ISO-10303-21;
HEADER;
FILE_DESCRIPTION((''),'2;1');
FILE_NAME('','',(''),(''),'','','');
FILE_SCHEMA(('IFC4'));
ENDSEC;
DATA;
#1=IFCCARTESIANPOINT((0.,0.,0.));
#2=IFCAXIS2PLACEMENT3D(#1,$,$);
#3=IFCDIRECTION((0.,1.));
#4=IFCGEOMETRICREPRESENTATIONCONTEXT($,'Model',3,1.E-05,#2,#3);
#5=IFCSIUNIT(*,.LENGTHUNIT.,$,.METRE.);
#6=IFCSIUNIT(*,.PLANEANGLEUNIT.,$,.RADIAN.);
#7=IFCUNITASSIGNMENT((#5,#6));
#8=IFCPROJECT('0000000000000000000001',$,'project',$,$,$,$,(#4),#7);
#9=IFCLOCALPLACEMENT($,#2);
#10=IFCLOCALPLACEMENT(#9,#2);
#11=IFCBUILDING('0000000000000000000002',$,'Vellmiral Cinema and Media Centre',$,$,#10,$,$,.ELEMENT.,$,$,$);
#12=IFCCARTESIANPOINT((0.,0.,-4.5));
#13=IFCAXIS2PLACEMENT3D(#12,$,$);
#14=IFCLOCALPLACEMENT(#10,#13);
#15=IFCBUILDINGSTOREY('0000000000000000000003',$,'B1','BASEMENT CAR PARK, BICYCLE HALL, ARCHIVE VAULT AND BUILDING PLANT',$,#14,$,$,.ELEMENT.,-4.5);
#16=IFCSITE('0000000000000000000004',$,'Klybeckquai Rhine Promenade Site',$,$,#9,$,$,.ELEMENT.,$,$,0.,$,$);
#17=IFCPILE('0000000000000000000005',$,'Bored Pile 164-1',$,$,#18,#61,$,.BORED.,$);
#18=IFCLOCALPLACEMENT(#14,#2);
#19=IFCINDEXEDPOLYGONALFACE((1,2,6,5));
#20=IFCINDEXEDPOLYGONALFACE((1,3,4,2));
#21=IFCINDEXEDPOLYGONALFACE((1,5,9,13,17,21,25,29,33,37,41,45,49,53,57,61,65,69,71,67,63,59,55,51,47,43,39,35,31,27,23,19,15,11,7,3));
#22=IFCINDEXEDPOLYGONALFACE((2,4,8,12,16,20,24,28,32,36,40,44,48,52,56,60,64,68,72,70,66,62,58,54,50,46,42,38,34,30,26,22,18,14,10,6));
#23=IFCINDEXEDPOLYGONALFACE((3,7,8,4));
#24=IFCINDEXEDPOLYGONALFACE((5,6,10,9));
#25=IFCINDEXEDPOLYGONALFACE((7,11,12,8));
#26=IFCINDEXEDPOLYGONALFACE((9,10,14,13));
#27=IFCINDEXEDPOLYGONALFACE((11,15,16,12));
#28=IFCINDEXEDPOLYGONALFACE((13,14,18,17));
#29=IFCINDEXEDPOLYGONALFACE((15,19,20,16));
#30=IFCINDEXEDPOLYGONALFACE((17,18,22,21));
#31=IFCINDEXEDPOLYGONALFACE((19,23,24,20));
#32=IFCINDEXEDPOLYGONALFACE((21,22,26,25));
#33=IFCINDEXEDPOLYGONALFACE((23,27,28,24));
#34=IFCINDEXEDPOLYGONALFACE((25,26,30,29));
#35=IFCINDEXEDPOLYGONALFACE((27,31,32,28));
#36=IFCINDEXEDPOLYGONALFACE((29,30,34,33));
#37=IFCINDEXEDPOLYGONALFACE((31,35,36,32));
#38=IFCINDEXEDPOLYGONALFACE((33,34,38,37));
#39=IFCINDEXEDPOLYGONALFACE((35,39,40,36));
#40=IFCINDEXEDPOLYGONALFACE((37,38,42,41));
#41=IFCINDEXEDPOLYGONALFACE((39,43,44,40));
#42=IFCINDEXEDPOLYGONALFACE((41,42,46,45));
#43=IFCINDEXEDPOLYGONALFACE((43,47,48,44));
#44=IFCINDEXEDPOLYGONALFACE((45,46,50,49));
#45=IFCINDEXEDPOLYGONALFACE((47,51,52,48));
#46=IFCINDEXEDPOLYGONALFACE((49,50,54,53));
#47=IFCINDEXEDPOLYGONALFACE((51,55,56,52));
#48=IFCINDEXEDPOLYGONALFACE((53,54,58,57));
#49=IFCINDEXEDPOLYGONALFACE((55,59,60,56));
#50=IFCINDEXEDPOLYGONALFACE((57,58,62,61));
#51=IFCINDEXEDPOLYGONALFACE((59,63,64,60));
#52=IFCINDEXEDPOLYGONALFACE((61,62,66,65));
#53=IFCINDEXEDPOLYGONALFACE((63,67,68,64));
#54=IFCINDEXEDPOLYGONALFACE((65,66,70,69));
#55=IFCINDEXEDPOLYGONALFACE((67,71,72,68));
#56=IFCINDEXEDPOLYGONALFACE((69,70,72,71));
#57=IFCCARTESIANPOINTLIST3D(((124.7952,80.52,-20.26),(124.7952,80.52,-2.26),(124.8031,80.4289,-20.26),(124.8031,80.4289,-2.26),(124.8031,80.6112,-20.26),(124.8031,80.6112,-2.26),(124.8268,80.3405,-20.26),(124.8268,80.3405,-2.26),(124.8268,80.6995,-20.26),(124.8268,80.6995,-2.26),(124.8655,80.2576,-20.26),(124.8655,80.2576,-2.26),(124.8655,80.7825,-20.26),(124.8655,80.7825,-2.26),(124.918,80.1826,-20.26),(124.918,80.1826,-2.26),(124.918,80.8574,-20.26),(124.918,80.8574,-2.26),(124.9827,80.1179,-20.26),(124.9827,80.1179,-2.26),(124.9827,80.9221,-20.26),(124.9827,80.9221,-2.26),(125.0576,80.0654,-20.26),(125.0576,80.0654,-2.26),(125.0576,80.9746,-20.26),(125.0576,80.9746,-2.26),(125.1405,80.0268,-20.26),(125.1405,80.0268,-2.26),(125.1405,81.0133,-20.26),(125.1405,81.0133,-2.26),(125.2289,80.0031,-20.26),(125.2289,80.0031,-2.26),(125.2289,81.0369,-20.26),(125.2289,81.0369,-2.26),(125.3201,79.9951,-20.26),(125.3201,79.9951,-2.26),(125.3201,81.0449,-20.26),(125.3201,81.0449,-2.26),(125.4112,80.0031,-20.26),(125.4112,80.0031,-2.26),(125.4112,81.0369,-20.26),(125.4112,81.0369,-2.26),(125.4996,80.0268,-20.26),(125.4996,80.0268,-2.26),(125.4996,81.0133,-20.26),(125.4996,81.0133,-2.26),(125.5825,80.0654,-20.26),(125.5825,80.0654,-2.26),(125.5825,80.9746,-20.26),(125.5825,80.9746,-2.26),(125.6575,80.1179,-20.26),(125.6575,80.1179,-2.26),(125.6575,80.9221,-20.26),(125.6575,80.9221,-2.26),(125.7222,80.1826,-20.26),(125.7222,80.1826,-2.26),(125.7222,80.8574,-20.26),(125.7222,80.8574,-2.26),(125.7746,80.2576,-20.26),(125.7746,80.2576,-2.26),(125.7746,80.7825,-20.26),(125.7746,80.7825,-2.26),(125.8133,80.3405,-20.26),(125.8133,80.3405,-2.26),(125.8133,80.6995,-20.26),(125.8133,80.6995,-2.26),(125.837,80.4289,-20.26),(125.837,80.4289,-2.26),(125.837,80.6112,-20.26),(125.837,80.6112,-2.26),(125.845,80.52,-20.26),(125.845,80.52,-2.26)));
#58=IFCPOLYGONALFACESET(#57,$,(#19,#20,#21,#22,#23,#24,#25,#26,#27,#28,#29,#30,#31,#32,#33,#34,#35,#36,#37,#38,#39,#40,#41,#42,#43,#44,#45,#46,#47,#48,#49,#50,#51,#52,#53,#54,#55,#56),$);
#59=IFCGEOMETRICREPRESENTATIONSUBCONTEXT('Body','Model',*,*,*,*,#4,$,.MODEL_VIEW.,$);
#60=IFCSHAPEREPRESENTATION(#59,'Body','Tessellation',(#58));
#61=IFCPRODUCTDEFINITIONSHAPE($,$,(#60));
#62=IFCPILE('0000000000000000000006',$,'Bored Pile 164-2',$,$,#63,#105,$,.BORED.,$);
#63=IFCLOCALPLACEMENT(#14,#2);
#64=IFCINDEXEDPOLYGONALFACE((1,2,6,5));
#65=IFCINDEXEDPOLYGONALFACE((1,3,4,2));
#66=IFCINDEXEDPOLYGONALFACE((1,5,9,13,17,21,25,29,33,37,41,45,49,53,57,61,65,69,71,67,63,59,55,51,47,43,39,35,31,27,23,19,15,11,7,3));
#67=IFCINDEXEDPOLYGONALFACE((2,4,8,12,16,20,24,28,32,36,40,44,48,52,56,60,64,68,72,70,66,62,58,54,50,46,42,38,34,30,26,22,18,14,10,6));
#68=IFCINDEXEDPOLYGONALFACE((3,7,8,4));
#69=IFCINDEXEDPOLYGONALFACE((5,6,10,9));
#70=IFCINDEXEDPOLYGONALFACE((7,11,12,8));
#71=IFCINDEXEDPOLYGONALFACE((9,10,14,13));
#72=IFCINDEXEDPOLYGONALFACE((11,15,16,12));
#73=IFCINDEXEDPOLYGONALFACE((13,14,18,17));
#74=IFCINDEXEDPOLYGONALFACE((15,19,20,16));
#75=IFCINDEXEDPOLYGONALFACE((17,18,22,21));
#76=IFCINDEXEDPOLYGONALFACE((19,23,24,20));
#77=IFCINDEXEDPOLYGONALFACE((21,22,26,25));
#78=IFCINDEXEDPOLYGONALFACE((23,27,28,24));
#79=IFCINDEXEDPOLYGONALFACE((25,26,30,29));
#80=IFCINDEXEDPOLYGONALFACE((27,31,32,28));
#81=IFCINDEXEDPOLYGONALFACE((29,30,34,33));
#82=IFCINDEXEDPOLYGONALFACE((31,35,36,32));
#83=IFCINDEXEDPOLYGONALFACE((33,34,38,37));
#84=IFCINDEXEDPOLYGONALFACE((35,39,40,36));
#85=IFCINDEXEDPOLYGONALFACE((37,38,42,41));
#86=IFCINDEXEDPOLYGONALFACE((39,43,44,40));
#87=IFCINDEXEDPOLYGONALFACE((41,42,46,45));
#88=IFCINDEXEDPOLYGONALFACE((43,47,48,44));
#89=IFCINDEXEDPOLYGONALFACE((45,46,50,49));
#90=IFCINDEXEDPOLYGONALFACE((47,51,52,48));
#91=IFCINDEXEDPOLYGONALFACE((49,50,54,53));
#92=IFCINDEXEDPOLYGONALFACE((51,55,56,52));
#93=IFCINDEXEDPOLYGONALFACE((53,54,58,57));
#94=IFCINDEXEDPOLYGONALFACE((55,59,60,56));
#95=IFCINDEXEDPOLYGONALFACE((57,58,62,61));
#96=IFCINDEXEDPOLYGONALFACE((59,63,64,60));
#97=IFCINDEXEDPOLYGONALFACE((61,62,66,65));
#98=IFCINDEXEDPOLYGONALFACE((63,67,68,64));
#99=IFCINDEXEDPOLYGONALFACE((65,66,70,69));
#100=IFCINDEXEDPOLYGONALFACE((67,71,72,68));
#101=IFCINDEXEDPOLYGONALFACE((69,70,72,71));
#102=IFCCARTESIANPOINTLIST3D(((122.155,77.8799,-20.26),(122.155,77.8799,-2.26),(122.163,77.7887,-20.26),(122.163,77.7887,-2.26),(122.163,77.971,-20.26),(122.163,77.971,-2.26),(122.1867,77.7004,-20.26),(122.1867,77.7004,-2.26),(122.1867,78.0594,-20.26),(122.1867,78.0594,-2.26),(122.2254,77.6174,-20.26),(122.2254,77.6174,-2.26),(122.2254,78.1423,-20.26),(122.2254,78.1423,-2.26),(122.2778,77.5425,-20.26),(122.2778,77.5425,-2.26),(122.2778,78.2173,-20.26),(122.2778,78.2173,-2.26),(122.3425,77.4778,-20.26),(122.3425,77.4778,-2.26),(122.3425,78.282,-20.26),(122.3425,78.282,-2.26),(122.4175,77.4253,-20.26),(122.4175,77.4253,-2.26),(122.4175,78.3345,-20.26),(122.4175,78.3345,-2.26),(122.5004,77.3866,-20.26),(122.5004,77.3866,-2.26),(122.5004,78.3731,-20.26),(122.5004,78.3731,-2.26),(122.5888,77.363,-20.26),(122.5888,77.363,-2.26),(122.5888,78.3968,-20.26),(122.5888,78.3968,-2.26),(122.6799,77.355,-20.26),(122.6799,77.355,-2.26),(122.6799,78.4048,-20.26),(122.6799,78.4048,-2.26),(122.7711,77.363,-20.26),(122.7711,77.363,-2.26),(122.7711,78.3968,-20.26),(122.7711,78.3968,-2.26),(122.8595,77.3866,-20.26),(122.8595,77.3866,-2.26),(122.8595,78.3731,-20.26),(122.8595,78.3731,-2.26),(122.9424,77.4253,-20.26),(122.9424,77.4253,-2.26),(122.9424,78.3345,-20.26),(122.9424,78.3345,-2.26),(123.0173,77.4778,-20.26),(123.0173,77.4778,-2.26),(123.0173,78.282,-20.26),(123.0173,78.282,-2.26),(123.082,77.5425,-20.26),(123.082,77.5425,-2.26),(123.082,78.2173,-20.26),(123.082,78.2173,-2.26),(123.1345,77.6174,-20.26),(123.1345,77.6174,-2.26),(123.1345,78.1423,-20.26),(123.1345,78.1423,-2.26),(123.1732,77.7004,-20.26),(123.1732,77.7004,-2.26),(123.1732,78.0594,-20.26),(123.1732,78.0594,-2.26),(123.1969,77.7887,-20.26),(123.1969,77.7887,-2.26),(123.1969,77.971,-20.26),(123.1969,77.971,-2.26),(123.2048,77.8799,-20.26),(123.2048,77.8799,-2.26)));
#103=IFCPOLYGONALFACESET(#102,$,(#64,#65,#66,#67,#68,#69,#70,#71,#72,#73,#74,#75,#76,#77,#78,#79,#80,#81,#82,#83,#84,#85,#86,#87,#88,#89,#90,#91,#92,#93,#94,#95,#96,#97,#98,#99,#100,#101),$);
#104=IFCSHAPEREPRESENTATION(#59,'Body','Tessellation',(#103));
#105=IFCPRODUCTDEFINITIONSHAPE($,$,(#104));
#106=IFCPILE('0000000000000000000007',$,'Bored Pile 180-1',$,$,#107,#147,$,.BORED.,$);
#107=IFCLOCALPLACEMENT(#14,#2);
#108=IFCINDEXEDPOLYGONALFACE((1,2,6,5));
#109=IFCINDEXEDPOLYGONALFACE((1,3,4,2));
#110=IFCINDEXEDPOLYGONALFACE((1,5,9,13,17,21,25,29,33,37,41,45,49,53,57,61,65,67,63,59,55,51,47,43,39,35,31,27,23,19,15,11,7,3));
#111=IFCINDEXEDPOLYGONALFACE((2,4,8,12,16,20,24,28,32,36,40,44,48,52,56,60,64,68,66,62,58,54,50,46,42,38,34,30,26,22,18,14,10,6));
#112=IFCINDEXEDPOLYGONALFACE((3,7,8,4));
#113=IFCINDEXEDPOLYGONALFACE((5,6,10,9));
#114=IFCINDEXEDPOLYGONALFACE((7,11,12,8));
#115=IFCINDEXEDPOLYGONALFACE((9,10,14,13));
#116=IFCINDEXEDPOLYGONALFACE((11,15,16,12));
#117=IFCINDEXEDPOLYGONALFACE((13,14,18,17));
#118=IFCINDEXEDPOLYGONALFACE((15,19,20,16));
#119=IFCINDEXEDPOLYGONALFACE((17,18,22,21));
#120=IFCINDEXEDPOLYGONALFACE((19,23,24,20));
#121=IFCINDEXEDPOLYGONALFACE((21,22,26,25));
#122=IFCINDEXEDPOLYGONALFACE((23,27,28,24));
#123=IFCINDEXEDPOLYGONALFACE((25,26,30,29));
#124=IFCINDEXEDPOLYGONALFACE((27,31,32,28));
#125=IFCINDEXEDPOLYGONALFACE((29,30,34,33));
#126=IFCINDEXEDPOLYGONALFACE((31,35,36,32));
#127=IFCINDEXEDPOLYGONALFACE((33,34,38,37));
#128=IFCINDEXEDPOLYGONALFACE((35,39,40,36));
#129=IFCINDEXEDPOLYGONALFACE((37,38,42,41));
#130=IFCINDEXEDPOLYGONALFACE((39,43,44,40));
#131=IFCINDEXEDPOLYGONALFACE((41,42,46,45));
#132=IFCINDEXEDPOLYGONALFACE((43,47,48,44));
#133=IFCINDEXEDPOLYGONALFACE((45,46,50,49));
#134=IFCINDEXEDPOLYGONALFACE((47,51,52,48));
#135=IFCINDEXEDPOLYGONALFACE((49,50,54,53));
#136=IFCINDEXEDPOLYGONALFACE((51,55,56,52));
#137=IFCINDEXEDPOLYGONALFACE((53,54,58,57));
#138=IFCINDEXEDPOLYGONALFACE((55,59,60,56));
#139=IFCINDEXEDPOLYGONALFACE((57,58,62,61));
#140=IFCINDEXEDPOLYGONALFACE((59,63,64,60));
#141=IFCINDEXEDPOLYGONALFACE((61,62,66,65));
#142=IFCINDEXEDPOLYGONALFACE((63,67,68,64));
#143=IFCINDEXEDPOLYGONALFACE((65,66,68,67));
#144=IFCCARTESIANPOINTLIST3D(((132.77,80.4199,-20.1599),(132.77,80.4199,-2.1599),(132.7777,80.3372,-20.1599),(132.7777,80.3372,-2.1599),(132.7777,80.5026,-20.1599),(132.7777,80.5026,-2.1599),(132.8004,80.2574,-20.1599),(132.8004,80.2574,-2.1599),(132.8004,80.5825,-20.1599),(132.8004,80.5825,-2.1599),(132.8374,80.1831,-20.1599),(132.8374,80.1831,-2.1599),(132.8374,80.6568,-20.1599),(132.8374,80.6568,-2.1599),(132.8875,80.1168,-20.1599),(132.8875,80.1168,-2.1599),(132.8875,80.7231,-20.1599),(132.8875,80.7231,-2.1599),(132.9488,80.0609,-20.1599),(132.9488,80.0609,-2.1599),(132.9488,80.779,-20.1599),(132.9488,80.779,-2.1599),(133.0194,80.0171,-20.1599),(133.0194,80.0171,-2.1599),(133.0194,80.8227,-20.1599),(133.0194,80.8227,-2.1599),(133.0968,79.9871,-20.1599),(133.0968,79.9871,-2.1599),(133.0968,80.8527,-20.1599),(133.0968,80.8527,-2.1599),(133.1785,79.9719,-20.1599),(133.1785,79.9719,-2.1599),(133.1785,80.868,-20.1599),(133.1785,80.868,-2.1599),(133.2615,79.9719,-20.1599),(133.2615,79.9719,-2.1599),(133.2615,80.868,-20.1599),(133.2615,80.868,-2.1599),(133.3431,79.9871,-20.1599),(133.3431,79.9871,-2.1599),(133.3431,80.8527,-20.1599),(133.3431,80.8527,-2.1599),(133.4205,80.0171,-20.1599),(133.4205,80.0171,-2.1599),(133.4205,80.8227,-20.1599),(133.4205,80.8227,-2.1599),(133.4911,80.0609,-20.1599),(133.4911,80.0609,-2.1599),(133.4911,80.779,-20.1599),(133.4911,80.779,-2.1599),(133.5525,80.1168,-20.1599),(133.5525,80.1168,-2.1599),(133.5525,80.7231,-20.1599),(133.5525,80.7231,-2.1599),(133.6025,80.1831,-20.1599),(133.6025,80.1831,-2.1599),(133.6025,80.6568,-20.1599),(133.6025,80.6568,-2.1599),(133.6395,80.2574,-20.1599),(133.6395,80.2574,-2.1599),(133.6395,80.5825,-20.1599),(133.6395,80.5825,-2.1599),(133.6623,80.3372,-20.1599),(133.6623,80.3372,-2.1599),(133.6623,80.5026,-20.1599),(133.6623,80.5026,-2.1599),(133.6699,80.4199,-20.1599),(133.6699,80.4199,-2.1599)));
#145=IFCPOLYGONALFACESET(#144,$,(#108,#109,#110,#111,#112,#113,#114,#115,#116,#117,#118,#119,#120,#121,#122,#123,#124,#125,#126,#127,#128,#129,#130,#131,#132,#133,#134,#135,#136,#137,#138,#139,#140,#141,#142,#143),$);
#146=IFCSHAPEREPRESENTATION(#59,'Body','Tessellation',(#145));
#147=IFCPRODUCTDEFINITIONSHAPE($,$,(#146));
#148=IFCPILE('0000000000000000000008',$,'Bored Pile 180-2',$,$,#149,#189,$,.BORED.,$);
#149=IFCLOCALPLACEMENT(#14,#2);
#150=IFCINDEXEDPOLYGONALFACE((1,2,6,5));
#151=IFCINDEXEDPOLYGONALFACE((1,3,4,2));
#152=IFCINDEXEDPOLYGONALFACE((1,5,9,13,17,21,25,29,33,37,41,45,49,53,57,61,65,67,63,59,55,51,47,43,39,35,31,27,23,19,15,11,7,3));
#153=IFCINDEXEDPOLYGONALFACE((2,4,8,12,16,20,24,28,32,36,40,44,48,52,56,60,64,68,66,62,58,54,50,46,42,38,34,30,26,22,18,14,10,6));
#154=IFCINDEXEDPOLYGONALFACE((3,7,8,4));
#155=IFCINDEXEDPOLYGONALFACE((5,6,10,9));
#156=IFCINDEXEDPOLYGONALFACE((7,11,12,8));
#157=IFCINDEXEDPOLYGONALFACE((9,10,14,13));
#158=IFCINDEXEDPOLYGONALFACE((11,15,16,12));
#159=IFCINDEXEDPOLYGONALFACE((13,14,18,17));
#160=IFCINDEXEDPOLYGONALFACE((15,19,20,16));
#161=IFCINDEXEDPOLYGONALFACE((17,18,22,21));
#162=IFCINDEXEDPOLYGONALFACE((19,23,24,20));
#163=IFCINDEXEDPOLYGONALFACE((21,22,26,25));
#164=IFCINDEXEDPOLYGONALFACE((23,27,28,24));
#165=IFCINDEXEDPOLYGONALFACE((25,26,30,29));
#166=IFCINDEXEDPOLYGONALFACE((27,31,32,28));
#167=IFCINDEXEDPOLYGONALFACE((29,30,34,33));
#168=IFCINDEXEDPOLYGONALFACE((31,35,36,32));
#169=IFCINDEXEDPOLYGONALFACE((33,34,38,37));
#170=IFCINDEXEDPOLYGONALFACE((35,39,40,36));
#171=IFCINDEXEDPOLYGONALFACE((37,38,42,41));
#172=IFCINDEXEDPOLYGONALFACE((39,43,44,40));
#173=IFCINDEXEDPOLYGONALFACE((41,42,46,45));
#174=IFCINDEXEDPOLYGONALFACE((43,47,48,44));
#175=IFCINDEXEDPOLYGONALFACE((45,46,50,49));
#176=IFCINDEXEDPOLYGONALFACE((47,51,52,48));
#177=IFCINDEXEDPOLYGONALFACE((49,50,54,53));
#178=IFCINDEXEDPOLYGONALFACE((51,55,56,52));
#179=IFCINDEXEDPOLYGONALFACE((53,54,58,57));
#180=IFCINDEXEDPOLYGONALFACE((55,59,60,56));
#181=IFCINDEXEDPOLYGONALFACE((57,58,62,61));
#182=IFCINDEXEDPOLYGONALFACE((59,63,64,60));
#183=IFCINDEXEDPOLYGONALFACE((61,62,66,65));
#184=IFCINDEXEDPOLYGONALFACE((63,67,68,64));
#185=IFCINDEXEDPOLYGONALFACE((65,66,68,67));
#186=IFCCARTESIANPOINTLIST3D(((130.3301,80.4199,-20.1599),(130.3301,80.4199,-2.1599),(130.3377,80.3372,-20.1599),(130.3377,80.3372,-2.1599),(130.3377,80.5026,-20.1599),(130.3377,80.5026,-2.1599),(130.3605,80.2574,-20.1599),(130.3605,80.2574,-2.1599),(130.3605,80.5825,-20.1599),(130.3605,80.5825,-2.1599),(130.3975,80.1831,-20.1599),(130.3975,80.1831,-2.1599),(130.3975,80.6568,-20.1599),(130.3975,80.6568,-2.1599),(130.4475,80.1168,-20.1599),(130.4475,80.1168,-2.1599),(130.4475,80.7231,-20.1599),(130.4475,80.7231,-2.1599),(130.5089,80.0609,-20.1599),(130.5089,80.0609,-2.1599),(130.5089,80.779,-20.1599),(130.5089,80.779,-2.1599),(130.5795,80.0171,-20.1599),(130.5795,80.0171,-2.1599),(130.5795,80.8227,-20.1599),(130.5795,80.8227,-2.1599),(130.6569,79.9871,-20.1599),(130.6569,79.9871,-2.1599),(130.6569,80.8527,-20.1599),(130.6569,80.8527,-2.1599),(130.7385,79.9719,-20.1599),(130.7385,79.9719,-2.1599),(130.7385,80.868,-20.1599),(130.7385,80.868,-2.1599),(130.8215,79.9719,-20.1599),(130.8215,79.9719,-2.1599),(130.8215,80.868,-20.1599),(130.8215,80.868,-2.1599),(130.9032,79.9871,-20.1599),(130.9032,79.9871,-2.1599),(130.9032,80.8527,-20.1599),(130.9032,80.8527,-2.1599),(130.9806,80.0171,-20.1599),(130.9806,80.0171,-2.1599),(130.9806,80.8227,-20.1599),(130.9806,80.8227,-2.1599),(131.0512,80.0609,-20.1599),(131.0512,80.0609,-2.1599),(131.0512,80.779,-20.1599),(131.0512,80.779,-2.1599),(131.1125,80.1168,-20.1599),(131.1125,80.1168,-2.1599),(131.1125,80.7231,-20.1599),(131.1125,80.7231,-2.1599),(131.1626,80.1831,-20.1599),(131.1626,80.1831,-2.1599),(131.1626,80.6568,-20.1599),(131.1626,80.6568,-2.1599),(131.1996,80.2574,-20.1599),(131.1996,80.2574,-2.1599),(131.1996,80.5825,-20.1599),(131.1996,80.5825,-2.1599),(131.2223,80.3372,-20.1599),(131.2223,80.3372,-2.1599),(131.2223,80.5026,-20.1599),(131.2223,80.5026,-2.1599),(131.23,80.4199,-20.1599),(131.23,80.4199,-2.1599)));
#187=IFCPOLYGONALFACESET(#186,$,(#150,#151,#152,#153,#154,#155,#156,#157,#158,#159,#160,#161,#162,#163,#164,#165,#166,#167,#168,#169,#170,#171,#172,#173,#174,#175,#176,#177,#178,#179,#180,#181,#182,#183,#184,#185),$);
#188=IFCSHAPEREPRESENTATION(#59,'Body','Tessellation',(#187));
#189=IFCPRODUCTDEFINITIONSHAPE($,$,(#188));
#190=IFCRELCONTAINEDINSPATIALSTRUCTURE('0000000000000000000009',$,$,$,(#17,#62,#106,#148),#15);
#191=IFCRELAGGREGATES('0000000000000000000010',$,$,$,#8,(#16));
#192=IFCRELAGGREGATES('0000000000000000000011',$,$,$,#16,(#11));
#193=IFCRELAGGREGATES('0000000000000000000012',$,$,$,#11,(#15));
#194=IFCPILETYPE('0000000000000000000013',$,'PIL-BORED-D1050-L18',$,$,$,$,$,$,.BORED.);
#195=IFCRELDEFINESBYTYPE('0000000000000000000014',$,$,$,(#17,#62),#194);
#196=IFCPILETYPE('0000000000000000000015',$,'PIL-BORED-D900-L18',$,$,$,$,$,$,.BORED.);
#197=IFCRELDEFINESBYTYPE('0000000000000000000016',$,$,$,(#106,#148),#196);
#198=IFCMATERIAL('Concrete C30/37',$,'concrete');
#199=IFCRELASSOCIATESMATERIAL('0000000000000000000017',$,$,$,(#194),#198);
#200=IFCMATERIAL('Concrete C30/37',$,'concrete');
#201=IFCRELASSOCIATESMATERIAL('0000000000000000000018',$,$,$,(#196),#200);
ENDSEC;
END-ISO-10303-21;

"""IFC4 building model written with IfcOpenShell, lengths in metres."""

from ifc_helpers import new_model, si_unit, direction, frame, origin, origin_2d, place, context, subcontext, project, spatial, circle, extrude, material, material_profile, profile_set, type_object, element, save


model = new_model("IFC4")

# Units and contexts
model_context = context("Model", 3, precision=1e-05, world=origin(), true_north=direction((0.0, 1.0)))
body_context = subcontext(model_context, "Body", "Model", "MODEL_VIEW")
ifc_project = project(units=[si_unit("LENGTHUNIT", "METRE"), si_unit("PLANEANGLEUNIT", "RADIAN")], contexts=[model_context])

# Site, building, storey
site_placement = place(None, origin())
site = spatial("IfcSite", under=ifc_project, at=site_placement, Name="Klybeckquai Rhine Promenade Site", CompositionType="ELEMENT", RefElevation=0.0)
building_placement = place(site_placement, origin())
building = spatial("IfcBuilding", under=site, at=building_placement, Name="Vellmiral Cinema and Media Centre", CompositionType="ELEMENT")
storey_placement = place(building_placement, frame((0.0, 0.0, -4.5)))
storey = spatial("IfcBuildingStorey", under=building, at=storey_placement, Name="B1", Description="BASEMENT CAR PARK, BICYCLE HALL, ARCHIVE VAULT AND BUILDING PLANT", CompositionType="ELEMENT", Elevation=-4.5)

# Piles
ifc_material_1 = material(Name="Concrete C30/37", Category="concrete")
ifc_material_profile_1 = material_profile(ifc_material_1, circle(Radius=0.5249, at=origin_2d()), Name="PILE D1050")
ifc_profile_set_1 = profile_set([ifc_material_profile_1], Name="Concrete C30/37")
pile_type_1 = type_object("IfcPileType", Name="PIL-BORED-D1050-L18", PredefinedType="BORED", material=ifc_profile_set_1)
for number, where, z_axis, x_axis, name in (
    (1, (125.3201, 80.52, -2.26), (0.0, 0.0, -1.0), (1.0, 0.0, 0.0), "Bored Pile 164-1"),
    (2, (122.6799, 77.8799, -2.26), (0.0, 0.0, -1.0), (1.0, 0.0, 0.0), "Bored Pile 164-2"),
):
    element("IfcPile", number, at=place(storey_placement, frame(where, z_axis=z_axis, x_axis=x_axis)), inside=storey, type_object=pile_type_1, Name=name, PredefinedType="BORED", context=body_context, shape_type="SweptSolid", body=[
        extrude(circle(Radius=0.5249, at=origin_2d()), origin(), (0.0, 0.0, 1.0), 18.0),
    ])
ifc_material_2 = material(Name="Concrete C30/37", Category="concrete")
ifc_material_profile_2 = material_profile(ifc_material_2, circle(Radius=0.45, at=origin_2d()), Name="PILE D900")
ifc_profile_set_2 = profile_set([ifc_material_profile_2], Name="Concrete C30/37")
pile_type_2 = type_object("IfcPileType", Name="PIL-BORED-D900-L18", PredefinedType="BORED", material=ifc_profile_set_2)
for number, where, z_axis, x_axis, name in (
    (3, (133.22, 80.4199, -2.1599), (0.0, 0.0, -1.0), (1.0, 0.0, 0.0), "Bored Pile 180-1"),
    (4, (130.78, 80.4199, -2.1599), (0.0, 0.0, -1.0), (1.0, 0.0, 0.0), "Bored Pile 180-2"),
):
    element("IfcPile", number, at=place(storey_placement, frame(where, z_axis=z_axis, x_axis=x_axis)), inside=storey, type_object=pile_type_2, Name=name, PredefinedType="BORED", context=body_context, shape_type="SweptSolid", body=[
        extrude(circle(Radius=0.45, at=origin_2d()), origin(), (0.0, 0.0, 1.0), 18.0),
    ])

save(model, "model.ifc")
